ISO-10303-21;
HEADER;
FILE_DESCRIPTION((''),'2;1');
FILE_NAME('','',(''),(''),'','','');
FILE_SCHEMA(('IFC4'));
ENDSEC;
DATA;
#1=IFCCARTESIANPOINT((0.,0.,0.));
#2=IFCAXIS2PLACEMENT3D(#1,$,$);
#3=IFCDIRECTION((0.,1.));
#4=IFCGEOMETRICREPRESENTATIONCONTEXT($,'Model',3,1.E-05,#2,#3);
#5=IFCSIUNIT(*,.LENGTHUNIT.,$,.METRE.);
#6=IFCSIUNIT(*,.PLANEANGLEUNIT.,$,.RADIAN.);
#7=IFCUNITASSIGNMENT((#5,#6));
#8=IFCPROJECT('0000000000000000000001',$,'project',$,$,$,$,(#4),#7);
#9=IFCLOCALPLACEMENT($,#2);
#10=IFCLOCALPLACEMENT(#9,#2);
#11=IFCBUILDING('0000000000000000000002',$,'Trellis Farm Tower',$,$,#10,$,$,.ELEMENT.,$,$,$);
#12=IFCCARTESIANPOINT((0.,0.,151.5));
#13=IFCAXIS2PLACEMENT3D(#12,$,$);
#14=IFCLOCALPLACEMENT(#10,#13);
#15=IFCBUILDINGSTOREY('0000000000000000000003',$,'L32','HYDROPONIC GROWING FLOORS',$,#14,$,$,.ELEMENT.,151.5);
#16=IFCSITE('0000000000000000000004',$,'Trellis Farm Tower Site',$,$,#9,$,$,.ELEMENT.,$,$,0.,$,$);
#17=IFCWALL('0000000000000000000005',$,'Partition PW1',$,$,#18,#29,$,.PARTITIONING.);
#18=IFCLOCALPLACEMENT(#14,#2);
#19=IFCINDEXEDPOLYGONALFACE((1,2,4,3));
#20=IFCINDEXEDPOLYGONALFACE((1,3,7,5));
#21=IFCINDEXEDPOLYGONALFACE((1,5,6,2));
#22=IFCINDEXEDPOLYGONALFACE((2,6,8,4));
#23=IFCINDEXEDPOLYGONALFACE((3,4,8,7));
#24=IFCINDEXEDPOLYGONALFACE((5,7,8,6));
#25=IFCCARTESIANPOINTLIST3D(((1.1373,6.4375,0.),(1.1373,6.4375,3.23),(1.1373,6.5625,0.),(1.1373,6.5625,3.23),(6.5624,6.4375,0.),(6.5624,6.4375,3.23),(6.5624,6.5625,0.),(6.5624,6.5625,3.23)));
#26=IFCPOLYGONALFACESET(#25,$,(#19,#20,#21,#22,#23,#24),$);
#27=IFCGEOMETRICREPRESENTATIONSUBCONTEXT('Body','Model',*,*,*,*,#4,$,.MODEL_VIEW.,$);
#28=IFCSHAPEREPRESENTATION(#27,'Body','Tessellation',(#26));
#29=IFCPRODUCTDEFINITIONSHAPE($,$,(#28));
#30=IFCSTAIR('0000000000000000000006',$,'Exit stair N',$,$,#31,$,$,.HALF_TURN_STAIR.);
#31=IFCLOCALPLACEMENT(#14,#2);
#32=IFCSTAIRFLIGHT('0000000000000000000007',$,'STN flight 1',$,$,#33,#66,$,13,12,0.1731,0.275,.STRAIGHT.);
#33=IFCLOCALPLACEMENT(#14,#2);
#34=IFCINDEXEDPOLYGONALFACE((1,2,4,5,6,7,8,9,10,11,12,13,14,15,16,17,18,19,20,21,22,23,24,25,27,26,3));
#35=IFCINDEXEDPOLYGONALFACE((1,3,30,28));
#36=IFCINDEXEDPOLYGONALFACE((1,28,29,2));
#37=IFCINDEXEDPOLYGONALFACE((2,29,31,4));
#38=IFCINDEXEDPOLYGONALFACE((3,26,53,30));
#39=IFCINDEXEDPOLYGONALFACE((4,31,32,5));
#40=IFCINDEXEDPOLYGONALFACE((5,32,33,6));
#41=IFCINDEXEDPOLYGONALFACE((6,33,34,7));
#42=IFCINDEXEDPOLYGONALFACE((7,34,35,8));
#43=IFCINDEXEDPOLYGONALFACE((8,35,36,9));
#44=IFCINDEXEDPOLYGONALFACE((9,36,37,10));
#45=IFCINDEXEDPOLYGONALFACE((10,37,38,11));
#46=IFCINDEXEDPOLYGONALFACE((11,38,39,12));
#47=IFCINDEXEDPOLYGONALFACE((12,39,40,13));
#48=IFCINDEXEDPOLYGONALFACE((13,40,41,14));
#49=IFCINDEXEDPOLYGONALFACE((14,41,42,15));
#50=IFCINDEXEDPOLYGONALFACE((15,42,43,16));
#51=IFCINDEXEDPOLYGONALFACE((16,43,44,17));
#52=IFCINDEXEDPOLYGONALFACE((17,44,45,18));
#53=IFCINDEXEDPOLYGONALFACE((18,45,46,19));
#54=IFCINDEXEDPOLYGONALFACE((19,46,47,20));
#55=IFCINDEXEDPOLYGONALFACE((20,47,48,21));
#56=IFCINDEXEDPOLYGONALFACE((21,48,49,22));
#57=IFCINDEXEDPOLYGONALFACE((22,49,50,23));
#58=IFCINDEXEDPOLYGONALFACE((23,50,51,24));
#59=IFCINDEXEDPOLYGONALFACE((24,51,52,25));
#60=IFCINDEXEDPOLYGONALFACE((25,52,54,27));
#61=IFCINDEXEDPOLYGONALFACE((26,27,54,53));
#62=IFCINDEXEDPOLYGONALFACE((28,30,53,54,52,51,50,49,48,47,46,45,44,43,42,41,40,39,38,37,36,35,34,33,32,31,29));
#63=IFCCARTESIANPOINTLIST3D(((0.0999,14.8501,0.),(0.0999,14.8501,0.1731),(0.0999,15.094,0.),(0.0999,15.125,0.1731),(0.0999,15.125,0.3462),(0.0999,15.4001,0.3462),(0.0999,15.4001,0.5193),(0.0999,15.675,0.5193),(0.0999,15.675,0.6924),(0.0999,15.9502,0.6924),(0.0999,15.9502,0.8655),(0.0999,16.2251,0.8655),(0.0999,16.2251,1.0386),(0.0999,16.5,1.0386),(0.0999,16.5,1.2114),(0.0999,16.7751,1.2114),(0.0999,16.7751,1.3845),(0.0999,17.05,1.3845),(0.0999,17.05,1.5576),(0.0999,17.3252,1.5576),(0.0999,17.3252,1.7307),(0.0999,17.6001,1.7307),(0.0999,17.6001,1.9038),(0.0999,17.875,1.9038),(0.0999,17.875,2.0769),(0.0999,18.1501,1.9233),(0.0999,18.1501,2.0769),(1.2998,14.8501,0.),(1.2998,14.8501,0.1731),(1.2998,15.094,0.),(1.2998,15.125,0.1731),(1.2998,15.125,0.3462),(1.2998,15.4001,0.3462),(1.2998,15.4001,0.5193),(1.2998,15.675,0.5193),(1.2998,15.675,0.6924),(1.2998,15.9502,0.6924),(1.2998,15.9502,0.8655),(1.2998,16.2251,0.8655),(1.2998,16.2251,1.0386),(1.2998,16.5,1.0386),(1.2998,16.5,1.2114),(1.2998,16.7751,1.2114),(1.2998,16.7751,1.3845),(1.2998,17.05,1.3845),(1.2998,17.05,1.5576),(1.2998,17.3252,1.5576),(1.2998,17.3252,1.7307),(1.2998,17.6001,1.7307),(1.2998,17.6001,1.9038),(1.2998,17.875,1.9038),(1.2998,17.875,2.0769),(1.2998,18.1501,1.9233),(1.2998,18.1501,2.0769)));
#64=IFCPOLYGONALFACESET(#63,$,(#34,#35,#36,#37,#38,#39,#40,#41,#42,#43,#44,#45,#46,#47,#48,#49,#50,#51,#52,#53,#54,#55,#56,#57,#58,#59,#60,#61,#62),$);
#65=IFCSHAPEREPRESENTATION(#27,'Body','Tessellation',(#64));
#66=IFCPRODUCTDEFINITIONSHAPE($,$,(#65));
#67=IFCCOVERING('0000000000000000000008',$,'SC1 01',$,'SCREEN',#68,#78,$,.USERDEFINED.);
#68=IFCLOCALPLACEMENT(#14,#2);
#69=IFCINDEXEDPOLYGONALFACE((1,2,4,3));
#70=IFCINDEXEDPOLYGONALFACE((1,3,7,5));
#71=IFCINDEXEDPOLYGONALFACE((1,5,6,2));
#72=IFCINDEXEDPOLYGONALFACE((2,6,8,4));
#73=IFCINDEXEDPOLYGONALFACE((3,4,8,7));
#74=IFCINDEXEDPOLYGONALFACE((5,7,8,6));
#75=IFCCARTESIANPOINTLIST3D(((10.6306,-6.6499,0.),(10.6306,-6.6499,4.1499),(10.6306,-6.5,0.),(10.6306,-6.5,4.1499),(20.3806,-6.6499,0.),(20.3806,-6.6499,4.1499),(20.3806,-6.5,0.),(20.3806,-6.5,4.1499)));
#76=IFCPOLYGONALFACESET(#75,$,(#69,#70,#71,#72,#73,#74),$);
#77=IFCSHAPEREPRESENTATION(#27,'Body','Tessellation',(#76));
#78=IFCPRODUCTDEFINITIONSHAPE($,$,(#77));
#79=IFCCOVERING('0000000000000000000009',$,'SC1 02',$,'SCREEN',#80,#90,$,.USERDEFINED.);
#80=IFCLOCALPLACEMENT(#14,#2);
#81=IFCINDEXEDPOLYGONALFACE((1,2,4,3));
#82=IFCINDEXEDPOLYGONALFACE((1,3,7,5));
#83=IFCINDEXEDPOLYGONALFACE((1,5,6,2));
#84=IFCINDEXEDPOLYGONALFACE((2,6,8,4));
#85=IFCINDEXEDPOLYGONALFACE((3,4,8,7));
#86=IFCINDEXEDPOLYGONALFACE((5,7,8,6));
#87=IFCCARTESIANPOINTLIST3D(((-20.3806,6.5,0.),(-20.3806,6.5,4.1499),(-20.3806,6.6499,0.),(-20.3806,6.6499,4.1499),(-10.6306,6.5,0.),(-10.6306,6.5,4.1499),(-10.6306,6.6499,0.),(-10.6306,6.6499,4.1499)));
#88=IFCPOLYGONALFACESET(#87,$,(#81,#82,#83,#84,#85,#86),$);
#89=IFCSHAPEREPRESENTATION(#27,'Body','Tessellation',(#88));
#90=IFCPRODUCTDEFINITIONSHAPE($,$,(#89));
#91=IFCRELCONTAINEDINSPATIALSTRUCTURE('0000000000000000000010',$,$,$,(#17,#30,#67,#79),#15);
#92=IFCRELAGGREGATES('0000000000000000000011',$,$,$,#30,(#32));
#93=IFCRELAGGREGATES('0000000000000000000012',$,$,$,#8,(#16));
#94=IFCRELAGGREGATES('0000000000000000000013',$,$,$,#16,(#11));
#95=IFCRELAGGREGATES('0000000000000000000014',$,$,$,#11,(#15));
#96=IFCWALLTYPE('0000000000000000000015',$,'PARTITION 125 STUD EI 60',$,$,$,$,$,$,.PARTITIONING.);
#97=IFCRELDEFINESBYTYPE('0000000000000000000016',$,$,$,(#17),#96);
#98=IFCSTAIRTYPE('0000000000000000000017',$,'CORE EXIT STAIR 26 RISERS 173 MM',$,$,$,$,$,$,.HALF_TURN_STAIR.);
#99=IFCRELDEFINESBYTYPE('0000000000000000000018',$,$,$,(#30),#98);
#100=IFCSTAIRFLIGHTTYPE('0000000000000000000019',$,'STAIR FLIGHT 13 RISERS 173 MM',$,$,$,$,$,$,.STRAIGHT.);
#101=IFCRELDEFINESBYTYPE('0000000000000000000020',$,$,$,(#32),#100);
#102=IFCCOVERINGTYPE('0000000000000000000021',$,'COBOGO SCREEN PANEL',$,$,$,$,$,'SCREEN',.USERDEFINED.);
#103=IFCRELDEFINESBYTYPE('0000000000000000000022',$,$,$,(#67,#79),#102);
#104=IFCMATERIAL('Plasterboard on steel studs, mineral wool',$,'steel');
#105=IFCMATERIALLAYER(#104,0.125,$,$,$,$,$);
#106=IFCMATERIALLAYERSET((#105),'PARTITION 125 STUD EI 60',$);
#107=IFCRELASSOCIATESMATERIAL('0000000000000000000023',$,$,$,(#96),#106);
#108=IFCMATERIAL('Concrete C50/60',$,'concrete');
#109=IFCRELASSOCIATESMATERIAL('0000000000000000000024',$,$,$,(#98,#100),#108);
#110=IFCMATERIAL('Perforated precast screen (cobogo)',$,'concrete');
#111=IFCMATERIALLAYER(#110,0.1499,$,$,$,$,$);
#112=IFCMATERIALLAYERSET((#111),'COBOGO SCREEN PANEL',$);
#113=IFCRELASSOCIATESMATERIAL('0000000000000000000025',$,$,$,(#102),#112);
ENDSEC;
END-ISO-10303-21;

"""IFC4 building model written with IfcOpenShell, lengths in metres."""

from ifc_helpers import new_model, si_unit, direction, frame, frame_2d, origin, place, context, subcontext, project, spatial, polyline, rectangle, outline, extrude, source, transform, mapped, material, layer, layer_set, type_object, element, aggregate, save


model = new_model("IFC4")

# Units and contexts
model_context = context("Model", 3, precision=1e-05, world=origin(), true_north=direction((0.0, 1.0)))
body_context = subcontext(model_context, "Body", "Model", "MODEL_VIEW")
ifc_project = project(units=[si_unit("LENGTHUNIT", "METRE"), si_unit("PLANEANGLEUNIT", "RADIAN")], contexts=[model_context])

# Site, building, storey
site_placement = place(None, origin())
site = spatial("IfcSite", under=ifc_project, at=site_placement, Name="Trellis Farm Tower Site", CompositionType="ELEMENT", RefElevation=0.0)
building_placement = place(site_placement, origin())
building = spatial("IfcBuilding", under=site, at=building_placement, Name="Trellis Farm Tower", CompositionType="ELEMENT")
storey_placement = place(building_placement, frame((0.0, 0.0, 151.5)))
storey = spatial("IfcBuildingStorey", under=building, at=storey_placement, Name="L32", Description="HYDROPONIC GROWING FLOORS", CompositionType="ELEMENT", Elevation=151.5)

# Shared definitions
placement = place(storey_placement, origin())

# Shared definitions
ifc_material_1 = material(Name="Plasterboard on steel studs, mineral wool", Category="steel")
ifc_layer_1 = layer(ifc_material_1, 0.125)
ifc_layer_set_1 = layer_set([ifc_layer_1], Name="PARTITION 125 STUD EI 60")
wall_type_1 = type_object("IfcWallType", Name="PARTITION 125 STUD EI 60", PredefinedType="PARTITIONING", material=ifc_layer_set_1)

# Wall
shared_shape_1 = source(origin(), body_context, "Body", "SweptSolid", [
    extrude(rectangle(XDim=5.425, YDim=0.125, at=frame_2d((2.7124, 0.0))), origin(), (0.0, 0.0, 1.0), 3.23),
])
wall_1_placement = place(storey_placement, frame((1.1375, 6.5, 0.0), z_axis=(0.0, 0.0, 1.0), x_axis=(1.0, 0.0, 0.0)))
element("IfcWall", 1, at=wall_1_placement, inside=storey, type_object=wall_type_1, Name="Partition PW1", PredefinedType="PARTITIONING", context=body_context, shape_type="MappedRepresentation", body=[
    mapped(shared_shape_1, transform((0.0, 0.0, 0.0))),
])

# Stair, stair flight
ifc_material_2 = material(Name="Concrete C50/60", Category="concrete")
stair_type = type_object("IfcStairType", Name="CORE EXIT STAIR 26 RISERS 173 MM", PredefinedType="HALF_TURN_STAIR", material=ifc_material_2)
stair = element("IfcStair", 2, at=placement, inside=storey, type_object=stair_type, Name="Exit stair N", PredefinedType="HALF_TURN_STAIR")
stair_flight_type = type_object("IfcStairFlightType", Name="STAIR FLIGHT 13 RISERS 173 MM", PredefinedType="STRAIGHT", material=ifc_material_2)
shared_shape_2 = source(origin(), body_context, "Body", "SweptSolid", [
    extrude(outline(polyline([(0.0, 0.0), (0.0, 0.1731), (0.2749, 0.1731), (0.2749, 0.3462), (0.55, 0.3462), (0.55, 0.5193), (0.825, 0.5193), (0.825, 0.6924), (1.1001, 0.6924), (1.1001, 0.8655), (1.375, 0.8655), (1.375, 1.0386), (1.6499, 1.0386), (1.6499, 1.2114), (1.925, 1.2114), (1.925, 1.3845), (2.2, 1.3845), (2.2, 1.5576), (2.4751, 1.5576), (2.4751, 1.7307), (2.75, 1.7307), (2.75, 1.9038), (3.0249, 1.9038), (3.0249, 2.0769), (3.3, 2.0769), (3.3, 2.25), (3.3, 1.9233), (0.2439, 0.0), (0.0, 0.0)])), frame((0.0, 0.6001, 0.0), z_axis=(0.0, -1.0, 0.0), x_axis=(1.0, 0.0, 0.0)), (0.0, 0.0, 1.0), 1.2),
])
stair_flight_placement = place(storey_placement, frame((0.7, 14.8501, 0.0), z_axis=(0.0, 0.0, 1.0), x_axis=(0.0, 1.0, 0.0)))
stair_flight = element("IfcStairFlight", 3, at=stair_flight_placement, type_object=stair_flight_type, Name="STN flight 1", NumberOfRisers=13, NumberOfTreads=12, PredefinedType="STRAIGHT", RiserHeight=0.1731, TreadLength=0.275, context=body_context, shape_type="MappedRepresentation", body=[
    mapped(shared_shape_2, transform((0.0, 0.0, 0.0))),
])
aggregate(stair, [stair_flight])

# Coverings
ifc_material_3 = material(Name="Perforated precast screen (cobogo)", Category="concrete")
ifc_layer_2 = layer(ifc_material_3, 0.1499)
ifc_layer_set_2 = layer_set([ifc_layer_2], Name="COBOGO SCREEN PANEL")
covering_type = type_object("IfcCoveringType", Name="COBOGO SCREEN PANEL", ElementType="SCREEN", PredefinedType="USERDEFINED", material=ifc_layer_set_2)
element("IfcCovering", 4, at=placement, inside=storey, type_object=covering_type, Name="SC1 01", ObjectType="SCREEN", PredefinedType="USERDEFINED", context=body_context, shape_type="SweptSolid", body=[
    extrude(outline(polyline([(10.6306, -6.6499), (20.3806, -6.6499), (20.3806, -6.5), (10.6306, -6.5), (10.6306, -6.6499)])), origin(), (0.0, 0.0, 1.0), 4.1499),
])
element("IfcCovering", 5, at=placement, inside=storey, type_object=covering_type, Name="SC1 02", ObjectType="SCREEN", PredefinedType="USERDEFINED", context=body_context, shape_type="SweptSolid", body=[
    extrude(outline(polyline([(-10.6306, 6.6499), (-20.3806, 6.6499), (-20.3806, 6.5), (-10.6306, 6.5), (-10.6306, 6.6499)])), origin(), (0.0, 0.0, 1.0), 4.1499),
])

save(model, "model.ifc")
